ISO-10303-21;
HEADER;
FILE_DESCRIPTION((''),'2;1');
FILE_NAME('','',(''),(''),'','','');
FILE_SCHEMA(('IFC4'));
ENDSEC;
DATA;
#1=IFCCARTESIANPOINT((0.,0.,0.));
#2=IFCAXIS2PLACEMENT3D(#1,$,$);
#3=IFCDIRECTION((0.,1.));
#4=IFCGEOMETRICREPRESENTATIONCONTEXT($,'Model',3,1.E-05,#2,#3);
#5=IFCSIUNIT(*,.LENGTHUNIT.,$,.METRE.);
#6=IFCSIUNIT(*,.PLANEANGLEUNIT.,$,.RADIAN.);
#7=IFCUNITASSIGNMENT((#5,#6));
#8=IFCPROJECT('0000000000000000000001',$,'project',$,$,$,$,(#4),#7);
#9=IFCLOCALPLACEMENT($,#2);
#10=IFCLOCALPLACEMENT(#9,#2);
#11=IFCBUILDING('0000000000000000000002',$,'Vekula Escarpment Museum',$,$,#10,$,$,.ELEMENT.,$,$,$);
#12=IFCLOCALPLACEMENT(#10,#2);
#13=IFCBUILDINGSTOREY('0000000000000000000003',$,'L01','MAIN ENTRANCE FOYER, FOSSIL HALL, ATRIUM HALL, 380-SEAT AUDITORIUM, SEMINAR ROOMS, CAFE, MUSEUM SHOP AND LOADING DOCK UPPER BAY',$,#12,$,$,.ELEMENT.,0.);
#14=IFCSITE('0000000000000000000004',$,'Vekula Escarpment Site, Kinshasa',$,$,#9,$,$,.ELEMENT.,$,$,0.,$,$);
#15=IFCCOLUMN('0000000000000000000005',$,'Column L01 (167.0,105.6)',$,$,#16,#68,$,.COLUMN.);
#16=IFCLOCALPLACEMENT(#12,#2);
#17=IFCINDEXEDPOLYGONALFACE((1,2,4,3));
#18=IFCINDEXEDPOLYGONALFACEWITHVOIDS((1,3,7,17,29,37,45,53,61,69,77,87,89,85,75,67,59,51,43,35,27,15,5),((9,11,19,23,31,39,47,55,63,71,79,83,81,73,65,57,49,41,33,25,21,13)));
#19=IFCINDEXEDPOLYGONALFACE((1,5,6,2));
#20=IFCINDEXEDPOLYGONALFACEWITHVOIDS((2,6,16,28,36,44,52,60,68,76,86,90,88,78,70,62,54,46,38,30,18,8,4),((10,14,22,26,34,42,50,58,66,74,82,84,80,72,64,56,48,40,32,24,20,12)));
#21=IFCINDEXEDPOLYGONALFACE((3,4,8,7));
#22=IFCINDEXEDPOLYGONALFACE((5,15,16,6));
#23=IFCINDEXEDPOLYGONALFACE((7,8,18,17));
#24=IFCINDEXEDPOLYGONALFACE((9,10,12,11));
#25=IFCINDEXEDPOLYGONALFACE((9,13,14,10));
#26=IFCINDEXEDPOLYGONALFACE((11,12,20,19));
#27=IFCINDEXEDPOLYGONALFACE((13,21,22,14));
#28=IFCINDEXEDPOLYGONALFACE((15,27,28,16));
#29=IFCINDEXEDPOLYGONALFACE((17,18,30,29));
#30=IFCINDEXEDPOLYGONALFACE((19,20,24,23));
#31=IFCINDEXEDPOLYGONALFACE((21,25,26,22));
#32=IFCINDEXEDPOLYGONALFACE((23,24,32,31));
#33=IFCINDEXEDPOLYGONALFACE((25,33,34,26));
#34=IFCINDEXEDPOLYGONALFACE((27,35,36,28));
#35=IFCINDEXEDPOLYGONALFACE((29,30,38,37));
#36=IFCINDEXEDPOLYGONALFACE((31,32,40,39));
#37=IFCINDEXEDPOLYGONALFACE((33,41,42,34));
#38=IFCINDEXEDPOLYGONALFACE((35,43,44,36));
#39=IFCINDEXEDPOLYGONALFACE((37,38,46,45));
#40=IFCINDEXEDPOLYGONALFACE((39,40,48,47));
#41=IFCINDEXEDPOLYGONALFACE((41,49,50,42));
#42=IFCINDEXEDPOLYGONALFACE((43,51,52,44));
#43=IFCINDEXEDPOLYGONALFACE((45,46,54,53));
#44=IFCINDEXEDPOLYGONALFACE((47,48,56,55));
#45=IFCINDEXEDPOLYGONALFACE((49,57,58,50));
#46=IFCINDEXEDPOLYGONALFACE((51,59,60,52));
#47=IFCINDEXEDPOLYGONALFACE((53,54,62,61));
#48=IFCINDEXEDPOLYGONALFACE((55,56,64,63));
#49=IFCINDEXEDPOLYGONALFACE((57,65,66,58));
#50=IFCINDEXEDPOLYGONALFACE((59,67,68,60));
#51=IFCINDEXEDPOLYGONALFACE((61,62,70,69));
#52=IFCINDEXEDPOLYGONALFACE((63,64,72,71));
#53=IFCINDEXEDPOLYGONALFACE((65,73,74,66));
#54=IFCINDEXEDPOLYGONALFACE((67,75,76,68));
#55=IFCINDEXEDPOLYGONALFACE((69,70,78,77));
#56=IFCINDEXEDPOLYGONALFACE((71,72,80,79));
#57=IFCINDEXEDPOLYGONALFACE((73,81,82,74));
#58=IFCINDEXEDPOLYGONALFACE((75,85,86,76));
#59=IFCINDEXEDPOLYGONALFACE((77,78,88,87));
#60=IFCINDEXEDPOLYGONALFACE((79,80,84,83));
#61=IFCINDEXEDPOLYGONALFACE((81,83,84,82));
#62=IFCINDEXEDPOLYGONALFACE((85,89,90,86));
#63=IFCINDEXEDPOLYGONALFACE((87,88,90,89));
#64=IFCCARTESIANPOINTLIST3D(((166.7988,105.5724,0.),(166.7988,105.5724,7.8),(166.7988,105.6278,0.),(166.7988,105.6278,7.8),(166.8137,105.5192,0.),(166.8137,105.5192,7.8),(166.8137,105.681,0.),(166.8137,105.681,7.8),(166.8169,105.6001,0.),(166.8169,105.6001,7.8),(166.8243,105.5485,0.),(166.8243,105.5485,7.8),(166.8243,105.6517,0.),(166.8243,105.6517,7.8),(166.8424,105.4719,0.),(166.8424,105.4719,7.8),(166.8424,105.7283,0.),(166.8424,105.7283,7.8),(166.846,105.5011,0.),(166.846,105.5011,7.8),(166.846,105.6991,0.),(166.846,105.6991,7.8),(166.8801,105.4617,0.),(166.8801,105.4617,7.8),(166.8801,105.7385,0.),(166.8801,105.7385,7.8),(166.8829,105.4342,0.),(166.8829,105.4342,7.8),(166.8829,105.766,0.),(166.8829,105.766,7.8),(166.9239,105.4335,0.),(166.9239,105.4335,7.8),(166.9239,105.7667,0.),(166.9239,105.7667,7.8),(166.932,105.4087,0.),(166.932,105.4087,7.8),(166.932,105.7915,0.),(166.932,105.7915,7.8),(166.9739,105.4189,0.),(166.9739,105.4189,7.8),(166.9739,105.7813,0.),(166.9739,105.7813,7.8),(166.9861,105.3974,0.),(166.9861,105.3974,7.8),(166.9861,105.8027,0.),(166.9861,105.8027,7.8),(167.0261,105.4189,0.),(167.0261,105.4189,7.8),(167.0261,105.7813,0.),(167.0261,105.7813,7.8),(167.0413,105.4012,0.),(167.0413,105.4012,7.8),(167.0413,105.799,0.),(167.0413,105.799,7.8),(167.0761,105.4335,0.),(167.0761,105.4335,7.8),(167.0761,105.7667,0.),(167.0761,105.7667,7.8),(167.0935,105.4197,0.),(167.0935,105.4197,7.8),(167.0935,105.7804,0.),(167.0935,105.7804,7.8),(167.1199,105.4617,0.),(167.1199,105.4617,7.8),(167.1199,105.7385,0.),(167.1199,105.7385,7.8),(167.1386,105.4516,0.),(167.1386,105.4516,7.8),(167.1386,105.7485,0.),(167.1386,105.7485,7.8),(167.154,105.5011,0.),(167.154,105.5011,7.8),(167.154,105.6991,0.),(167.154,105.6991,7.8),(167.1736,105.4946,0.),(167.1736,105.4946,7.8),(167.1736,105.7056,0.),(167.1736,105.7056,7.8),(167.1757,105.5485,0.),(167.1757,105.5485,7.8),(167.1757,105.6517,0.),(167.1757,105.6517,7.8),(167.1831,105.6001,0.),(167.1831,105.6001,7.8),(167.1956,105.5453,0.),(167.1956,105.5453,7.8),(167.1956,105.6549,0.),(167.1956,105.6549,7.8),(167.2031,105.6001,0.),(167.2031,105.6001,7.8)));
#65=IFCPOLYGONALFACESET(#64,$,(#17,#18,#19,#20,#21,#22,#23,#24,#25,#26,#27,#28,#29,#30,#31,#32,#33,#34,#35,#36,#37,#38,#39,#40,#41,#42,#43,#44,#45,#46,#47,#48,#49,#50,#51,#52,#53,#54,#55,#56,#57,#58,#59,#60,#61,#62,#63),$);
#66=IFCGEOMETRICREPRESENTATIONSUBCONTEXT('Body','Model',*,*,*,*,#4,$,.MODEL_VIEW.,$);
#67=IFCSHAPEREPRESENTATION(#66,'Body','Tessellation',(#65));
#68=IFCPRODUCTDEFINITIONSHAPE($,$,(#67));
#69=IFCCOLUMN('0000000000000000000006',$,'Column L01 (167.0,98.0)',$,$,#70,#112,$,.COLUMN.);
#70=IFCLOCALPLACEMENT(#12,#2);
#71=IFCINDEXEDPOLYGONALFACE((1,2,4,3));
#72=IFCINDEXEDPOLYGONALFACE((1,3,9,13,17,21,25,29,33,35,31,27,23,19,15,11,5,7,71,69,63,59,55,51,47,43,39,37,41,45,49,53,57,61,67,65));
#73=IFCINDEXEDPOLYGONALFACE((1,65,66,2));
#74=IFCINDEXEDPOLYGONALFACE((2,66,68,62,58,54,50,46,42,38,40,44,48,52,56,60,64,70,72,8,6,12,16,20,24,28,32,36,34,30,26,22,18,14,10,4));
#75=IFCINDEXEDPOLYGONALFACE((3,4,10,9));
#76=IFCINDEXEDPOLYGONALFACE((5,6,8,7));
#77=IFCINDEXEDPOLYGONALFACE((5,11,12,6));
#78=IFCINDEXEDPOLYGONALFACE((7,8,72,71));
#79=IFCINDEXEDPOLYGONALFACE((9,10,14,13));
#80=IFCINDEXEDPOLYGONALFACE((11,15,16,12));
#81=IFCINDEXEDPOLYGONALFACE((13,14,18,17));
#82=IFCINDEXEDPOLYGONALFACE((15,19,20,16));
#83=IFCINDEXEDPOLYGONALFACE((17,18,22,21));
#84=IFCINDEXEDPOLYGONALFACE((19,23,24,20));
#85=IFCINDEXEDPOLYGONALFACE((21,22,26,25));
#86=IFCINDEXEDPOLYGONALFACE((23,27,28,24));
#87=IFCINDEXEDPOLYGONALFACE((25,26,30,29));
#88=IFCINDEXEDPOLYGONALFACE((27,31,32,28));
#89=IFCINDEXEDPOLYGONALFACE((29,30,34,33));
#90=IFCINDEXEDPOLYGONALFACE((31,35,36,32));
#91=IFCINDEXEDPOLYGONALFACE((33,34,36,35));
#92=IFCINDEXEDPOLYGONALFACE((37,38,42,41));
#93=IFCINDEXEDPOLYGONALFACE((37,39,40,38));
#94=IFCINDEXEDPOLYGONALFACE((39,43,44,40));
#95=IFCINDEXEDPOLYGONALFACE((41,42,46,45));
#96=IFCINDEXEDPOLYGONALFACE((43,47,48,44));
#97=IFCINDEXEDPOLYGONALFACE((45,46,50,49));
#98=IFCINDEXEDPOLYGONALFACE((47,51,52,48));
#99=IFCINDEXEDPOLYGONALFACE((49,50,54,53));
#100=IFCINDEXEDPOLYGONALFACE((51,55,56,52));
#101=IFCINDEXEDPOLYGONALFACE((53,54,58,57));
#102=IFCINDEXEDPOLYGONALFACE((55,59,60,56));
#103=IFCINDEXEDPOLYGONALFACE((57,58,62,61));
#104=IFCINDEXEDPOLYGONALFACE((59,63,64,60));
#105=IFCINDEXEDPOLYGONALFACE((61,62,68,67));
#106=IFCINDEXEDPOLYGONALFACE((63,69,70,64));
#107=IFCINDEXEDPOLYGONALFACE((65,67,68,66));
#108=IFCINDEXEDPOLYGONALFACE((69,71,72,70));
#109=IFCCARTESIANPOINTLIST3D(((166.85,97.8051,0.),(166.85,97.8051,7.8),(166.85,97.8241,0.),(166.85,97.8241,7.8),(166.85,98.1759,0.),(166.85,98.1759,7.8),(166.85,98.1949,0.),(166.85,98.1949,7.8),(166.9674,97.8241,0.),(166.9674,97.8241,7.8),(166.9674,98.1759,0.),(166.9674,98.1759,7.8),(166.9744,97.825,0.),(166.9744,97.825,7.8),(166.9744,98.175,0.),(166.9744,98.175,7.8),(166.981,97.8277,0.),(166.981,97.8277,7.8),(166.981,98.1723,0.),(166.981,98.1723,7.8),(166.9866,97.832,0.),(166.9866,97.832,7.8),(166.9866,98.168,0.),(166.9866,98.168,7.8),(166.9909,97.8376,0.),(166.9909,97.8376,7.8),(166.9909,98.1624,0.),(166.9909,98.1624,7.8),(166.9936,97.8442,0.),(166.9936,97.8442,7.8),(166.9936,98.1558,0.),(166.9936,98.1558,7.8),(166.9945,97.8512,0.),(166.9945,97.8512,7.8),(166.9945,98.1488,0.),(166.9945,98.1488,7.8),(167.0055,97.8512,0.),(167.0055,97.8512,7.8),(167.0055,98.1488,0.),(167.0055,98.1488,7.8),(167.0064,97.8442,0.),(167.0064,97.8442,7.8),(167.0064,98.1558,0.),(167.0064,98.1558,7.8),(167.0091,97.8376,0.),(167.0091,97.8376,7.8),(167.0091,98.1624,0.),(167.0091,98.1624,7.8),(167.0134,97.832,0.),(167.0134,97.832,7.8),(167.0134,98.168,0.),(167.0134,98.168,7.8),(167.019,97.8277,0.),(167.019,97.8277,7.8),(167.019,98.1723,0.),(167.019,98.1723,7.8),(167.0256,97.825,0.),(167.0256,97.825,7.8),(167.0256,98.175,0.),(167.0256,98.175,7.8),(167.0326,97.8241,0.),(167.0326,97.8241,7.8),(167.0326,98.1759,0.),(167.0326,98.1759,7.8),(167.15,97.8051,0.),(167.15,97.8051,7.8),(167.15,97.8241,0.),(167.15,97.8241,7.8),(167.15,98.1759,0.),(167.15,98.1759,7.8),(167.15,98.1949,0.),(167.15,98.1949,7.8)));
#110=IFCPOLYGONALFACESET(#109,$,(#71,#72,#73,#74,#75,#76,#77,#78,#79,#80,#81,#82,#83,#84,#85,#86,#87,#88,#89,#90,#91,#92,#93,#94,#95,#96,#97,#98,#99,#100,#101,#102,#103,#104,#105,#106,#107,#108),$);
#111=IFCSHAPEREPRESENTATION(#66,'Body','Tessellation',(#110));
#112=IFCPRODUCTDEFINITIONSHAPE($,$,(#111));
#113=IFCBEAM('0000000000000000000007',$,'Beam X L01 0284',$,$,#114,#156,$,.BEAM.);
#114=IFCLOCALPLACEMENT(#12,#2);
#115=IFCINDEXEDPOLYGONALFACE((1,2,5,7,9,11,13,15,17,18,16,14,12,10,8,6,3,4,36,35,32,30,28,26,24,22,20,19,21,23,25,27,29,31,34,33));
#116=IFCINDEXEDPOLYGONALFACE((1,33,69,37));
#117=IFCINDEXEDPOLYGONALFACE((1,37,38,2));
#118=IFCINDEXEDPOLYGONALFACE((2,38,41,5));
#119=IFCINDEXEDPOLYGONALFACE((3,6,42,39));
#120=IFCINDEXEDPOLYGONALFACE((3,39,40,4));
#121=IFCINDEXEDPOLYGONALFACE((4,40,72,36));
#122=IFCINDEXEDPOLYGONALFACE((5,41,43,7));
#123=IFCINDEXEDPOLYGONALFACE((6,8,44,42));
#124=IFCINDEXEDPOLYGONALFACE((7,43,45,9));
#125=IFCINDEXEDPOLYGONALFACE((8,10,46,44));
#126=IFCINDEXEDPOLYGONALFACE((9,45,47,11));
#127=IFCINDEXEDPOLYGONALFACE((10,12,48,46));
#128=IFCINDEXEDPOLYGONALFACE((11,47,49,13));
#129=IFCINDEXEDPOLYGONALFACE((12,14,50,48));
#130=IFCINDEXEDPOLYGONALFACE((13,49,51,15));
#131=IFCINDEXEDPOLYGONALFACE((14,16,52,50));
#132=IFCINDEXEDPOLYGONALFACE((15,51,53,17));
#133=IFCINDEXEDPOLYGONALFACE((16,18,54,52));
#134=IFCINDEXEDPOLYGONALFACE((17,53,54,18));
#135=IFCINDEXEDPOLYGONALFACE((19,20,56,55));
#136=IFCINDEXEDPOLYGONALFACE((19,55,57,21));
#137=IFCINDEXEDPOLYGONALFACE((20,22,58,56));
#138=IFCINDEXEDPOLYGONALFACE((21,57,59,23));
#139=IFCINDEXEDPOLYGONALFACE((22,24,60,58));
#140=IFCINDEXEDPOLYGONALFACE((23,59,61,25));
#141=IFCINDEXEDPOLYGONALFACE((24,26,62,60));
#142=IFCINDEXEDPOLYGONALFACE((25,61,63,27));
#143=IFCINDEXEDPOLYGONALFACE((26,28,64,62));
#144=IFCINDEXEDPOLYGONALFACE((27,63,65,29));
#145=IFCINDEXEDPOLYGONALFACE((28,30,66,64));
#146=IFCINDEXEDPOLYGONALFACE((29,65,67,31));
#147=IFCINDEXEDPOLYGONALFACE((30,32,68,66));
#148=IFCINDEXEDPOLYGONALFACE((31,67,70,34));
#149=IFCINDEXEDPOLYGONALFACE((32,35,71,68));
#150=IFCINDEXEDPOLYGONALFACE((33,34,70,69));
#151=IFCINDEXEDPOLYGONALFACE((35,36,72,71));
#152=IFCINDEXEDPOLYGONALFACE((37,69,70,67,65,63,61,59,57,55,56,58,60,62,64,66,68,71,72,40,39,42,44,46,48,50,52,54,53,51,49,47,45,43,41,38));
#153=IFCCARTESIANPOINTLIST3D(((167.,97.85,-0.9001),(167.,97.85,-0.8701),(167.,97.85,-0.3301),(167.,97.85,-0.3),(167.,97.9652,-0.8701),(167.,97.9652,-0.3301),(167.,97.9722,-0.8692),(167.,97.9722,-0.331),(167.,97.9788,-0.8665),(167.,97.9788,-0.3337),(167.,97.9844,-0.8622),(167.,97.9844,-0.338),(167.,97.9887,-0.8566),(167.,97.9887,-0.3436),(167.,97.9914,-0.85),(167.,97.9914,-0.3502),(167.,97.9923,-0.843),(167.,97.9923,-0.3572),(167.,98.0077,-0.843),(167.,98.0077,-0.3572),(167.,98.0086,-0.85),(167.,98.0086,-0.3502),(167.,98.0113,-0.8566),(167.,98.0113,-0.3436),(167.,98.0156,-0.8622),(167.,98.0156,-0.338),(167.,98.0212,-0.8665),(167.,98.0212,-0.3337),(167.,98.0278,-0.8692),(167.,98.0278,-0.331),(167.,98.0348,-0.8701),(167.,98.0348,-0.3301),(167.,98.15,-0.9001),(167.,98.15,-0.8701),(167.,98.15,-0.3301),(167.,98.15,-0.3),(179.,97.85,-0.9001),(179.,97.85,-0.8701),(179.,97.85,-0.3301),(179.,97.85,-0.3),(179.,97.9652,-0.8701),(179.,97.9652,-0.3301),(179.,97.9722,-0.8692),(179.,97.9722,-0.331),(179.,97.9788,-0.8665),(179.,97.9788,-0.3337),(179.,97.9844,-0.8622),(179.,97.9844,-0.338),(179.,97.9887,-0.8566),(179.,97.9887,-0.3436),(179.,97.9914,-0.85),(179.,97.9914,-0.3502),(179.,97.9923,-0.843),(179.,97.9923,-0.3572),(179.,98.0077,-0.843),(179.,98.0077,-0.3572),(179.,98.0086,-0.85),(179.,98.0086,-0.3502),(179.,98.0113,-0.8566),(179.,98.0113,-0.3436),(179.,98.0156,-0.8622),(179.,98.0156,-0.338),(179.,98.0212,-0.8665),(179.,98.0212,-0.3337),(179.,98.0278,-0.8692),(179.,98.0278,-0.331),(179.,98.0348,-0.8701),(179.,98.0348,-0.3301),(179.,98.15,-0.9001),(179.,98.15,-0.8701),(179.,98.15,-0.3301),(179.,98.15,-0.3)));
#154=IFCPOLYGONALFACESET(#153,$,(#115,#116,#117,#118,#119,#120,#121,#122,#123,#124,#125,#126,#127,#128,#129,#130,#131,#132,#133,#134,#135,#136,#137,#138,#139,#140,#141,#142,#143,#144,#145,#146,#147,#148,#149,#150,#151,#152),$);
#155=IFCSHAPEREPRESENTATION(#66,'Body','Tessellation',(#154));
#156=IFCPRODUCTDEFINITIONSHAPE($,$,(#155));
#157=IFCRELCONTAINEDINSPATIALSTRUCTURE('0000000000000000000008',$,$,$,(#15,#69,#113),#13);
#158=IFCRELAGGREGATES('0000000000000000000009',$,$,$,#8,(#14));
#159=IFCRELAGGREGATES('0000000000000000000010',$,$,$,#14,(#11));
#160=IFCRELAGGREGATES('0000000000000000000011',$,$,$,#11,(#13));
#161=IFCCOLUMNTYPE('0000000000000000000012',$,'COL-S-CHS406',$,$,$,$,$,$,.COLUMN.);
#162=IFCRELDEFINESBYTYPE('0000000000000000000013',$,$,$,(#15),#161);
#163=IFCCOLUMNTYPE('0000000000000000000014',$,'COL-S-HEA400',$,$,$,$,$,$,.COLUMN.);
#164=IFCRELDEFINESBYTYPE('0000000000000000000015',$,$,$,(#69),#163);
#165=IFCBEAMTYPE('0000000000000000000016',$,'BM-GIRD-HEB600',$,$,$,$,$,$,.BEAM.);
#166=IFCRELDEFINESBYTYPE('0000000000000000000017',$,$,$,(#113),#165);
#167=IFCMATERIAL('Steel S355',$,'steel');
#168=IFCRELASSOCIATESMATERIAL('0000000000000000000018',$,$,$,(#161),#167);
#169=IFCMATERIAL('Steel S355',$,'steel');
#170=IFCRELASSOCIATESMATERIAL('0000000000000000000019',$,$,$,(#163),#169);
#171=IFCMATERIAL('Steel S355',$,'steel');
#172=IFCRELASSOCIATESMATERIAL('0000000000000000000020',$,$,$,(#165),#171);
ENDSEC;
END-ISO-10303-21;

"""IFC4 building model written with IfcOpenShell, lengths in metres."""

from ifc_helpers import new_model, si_unit, direction, frame, origin, origin_2d, place, context, subcontext, project, spatial, hollow_circle, i_section, extrude, material, material_profile, profile_set, type_object, element, save


model = new_model("IFC4")

# Units and contexts
model_context = context("Model", 3, precision=1e-05, world=origin(), true_north=direction((0.0, 1.0)))
body_context = subcontext(model_context, "Body", "Model", "MODEL_VIEW")
ifc_project = project(units=[si_unit("LENGTHUNIT", "METRE"), si_unit("PLANEANGLEUNIT", "RADIAN")], contexts=[model_context])

# Site, building, storey
site_placement = place(None, origin())
site = spatial("IfcSite", under=ifc_project, at=site_placement, Name="Vekula Escarpment Site, Kinshasa", CompositionType="ELEMENT", RefElevation=0.0)
building_placement = place(site_placement, origin())
building = spatial("IfcBuilding", under=site, at=building_placement, Name="Vekula Escarpment Museum", CompositionType="ELEMENT")
storey_placement = place(building_placement, origin())
storey = spatial("IfcBuildingStorey", under=building, at=storey_placement, Name="L01", Description="MAIN ENTRANCE FOYER, FOSSIL HALL, ATRIUM HALL, 380-SEAT AUDITORIUM, SEMINAR ROOMS, CAFE, MUSEUM SHOP AND LOADING DOCK UPPER BAY", CompositionType="ELEMENT", Elevation=0.0)

# Columns
ifc_material_1 = material(Name="Steel S355", Category="steel")
ifc_material_profile_1 = material_profile(ifc_material_1, hollow_circle(Radius=0.2031, WallThickness=0.02, at=origin_2d()), Name="CHS 406.4x20")
ifc_profile_set_1 = profile_set([ifc_material_profile_1], Name="Steel S355")
column_type_1 = type_object("IfcColumnType", Name="COL-S-CHS406", PredefinedType="COLUMN", material=ifc_profile_set_1)
column_1_placement = place(storey_placement, frame((167.0, 105.6001, 0.0), z_axis=(0.0, 0.0, 1.0), x_axis=(1.0, 0.0, 0.0)))
element("IfcColumn", 1, at=column_1_placement, inside=storey, type_object=column_type_1, Name="Column L01 (167.0,105.6)", PredefinedType="COLUMN", context=body_context, shape_type="SweptSolid", body=[
    extrude(hollow_circle(Radius=0.2031, WallThickness=0.02, at=origin_2d()), origin(), (0.0, 0.0, 1.0), 7.8),
])
ifc_material_2 = material(Name="Steel S355", Category="steel")
ifc_material_profile_2 = material_profile(ifc_material_2, i_section(OverallWidth=0.3, OverallDepth=0.3899, WebThickness=0.011, FlangeThickness=0.019, FilletRadius=0.0271, at=origin_2d()), Name="HEA 400")
ifc_profile_set_2 = profile_set([ifc_material_profile_2], Name="Steel S355")
column_type_2 = type_object("IfcColumnType", Name="COL-S-HEA400", PredefinedType="COLUMN", material=ifc_profile_set_2)
column_2_placement = place(storey_placement, frame((167.0, 98.0, 0.0), z_axis=(0.0, 0.0, 1.0), x_axis=(1.0, 0.0, 0.0)))
element("IfcColumn", 2, at=column_2_placement, inside=storey, type_object=column_type_2, Name="Column L01 (167.0,98.0)", PredefinedType="COLUMN", context=body_context, shape_type="SweptSolid", body=[
    extrude(i_section(OverallWidth=0.3, OverallDepth=0.3899, WebThickness=0.011, FlangeThickness=0.019, FilletRadius=0.0271, at=origin_2d()), origin(), (0.0, 0.0, 1.0), 7.8),
])

# Beam
ifc_material_3 = material(Name="Steel S355", Category="steel")
ifc_material_profile_3 = material_profile(ifc_material_3, i_section(OverallWidth=0.3, OverallDepth=0.6001, WebThickness=0.0154, FlangeThickness=0.03, FilletRadius=0.0271, at=origin_2d()), Name="HEB 600")
ifc_profile_set_3 = profile_set([ifc_material_profile_3], Name="Steel S355")
beam_type_1 = type_object("IfcBeamType", Name="BM-GIRD-HEB600", PredefinedType="BEAM", material=ifc_profile_set_3)
for number, where, z_axis, x_axis, name in (
    (3, (167.0, 98.0, -0.6001), (1.0, 0.0, 0.0), (0.0, 1.0, 0.0), "Beam X L01 0284"),
):
    element("IfcBeam", number, at=place(storey_placement, frame(where, z_axis=z_axis, x_axis=x_axis)), inside=storey, type_object=beam_type_1, Name=name, PredefinedType="BEAM", context=body_context, shape_type="SweptSolid", body=[
        extrude(i_section(OverallWidth=0.3, OverallDepth=0.6001, WebThickness=0.0154, FlangeThickness=0.03, FilletRadius=0.0271, at=origin_2d()), origin(), (0.0, 0.0, 1.0), 12.0),
    ])

save(model, "model.ifc")
